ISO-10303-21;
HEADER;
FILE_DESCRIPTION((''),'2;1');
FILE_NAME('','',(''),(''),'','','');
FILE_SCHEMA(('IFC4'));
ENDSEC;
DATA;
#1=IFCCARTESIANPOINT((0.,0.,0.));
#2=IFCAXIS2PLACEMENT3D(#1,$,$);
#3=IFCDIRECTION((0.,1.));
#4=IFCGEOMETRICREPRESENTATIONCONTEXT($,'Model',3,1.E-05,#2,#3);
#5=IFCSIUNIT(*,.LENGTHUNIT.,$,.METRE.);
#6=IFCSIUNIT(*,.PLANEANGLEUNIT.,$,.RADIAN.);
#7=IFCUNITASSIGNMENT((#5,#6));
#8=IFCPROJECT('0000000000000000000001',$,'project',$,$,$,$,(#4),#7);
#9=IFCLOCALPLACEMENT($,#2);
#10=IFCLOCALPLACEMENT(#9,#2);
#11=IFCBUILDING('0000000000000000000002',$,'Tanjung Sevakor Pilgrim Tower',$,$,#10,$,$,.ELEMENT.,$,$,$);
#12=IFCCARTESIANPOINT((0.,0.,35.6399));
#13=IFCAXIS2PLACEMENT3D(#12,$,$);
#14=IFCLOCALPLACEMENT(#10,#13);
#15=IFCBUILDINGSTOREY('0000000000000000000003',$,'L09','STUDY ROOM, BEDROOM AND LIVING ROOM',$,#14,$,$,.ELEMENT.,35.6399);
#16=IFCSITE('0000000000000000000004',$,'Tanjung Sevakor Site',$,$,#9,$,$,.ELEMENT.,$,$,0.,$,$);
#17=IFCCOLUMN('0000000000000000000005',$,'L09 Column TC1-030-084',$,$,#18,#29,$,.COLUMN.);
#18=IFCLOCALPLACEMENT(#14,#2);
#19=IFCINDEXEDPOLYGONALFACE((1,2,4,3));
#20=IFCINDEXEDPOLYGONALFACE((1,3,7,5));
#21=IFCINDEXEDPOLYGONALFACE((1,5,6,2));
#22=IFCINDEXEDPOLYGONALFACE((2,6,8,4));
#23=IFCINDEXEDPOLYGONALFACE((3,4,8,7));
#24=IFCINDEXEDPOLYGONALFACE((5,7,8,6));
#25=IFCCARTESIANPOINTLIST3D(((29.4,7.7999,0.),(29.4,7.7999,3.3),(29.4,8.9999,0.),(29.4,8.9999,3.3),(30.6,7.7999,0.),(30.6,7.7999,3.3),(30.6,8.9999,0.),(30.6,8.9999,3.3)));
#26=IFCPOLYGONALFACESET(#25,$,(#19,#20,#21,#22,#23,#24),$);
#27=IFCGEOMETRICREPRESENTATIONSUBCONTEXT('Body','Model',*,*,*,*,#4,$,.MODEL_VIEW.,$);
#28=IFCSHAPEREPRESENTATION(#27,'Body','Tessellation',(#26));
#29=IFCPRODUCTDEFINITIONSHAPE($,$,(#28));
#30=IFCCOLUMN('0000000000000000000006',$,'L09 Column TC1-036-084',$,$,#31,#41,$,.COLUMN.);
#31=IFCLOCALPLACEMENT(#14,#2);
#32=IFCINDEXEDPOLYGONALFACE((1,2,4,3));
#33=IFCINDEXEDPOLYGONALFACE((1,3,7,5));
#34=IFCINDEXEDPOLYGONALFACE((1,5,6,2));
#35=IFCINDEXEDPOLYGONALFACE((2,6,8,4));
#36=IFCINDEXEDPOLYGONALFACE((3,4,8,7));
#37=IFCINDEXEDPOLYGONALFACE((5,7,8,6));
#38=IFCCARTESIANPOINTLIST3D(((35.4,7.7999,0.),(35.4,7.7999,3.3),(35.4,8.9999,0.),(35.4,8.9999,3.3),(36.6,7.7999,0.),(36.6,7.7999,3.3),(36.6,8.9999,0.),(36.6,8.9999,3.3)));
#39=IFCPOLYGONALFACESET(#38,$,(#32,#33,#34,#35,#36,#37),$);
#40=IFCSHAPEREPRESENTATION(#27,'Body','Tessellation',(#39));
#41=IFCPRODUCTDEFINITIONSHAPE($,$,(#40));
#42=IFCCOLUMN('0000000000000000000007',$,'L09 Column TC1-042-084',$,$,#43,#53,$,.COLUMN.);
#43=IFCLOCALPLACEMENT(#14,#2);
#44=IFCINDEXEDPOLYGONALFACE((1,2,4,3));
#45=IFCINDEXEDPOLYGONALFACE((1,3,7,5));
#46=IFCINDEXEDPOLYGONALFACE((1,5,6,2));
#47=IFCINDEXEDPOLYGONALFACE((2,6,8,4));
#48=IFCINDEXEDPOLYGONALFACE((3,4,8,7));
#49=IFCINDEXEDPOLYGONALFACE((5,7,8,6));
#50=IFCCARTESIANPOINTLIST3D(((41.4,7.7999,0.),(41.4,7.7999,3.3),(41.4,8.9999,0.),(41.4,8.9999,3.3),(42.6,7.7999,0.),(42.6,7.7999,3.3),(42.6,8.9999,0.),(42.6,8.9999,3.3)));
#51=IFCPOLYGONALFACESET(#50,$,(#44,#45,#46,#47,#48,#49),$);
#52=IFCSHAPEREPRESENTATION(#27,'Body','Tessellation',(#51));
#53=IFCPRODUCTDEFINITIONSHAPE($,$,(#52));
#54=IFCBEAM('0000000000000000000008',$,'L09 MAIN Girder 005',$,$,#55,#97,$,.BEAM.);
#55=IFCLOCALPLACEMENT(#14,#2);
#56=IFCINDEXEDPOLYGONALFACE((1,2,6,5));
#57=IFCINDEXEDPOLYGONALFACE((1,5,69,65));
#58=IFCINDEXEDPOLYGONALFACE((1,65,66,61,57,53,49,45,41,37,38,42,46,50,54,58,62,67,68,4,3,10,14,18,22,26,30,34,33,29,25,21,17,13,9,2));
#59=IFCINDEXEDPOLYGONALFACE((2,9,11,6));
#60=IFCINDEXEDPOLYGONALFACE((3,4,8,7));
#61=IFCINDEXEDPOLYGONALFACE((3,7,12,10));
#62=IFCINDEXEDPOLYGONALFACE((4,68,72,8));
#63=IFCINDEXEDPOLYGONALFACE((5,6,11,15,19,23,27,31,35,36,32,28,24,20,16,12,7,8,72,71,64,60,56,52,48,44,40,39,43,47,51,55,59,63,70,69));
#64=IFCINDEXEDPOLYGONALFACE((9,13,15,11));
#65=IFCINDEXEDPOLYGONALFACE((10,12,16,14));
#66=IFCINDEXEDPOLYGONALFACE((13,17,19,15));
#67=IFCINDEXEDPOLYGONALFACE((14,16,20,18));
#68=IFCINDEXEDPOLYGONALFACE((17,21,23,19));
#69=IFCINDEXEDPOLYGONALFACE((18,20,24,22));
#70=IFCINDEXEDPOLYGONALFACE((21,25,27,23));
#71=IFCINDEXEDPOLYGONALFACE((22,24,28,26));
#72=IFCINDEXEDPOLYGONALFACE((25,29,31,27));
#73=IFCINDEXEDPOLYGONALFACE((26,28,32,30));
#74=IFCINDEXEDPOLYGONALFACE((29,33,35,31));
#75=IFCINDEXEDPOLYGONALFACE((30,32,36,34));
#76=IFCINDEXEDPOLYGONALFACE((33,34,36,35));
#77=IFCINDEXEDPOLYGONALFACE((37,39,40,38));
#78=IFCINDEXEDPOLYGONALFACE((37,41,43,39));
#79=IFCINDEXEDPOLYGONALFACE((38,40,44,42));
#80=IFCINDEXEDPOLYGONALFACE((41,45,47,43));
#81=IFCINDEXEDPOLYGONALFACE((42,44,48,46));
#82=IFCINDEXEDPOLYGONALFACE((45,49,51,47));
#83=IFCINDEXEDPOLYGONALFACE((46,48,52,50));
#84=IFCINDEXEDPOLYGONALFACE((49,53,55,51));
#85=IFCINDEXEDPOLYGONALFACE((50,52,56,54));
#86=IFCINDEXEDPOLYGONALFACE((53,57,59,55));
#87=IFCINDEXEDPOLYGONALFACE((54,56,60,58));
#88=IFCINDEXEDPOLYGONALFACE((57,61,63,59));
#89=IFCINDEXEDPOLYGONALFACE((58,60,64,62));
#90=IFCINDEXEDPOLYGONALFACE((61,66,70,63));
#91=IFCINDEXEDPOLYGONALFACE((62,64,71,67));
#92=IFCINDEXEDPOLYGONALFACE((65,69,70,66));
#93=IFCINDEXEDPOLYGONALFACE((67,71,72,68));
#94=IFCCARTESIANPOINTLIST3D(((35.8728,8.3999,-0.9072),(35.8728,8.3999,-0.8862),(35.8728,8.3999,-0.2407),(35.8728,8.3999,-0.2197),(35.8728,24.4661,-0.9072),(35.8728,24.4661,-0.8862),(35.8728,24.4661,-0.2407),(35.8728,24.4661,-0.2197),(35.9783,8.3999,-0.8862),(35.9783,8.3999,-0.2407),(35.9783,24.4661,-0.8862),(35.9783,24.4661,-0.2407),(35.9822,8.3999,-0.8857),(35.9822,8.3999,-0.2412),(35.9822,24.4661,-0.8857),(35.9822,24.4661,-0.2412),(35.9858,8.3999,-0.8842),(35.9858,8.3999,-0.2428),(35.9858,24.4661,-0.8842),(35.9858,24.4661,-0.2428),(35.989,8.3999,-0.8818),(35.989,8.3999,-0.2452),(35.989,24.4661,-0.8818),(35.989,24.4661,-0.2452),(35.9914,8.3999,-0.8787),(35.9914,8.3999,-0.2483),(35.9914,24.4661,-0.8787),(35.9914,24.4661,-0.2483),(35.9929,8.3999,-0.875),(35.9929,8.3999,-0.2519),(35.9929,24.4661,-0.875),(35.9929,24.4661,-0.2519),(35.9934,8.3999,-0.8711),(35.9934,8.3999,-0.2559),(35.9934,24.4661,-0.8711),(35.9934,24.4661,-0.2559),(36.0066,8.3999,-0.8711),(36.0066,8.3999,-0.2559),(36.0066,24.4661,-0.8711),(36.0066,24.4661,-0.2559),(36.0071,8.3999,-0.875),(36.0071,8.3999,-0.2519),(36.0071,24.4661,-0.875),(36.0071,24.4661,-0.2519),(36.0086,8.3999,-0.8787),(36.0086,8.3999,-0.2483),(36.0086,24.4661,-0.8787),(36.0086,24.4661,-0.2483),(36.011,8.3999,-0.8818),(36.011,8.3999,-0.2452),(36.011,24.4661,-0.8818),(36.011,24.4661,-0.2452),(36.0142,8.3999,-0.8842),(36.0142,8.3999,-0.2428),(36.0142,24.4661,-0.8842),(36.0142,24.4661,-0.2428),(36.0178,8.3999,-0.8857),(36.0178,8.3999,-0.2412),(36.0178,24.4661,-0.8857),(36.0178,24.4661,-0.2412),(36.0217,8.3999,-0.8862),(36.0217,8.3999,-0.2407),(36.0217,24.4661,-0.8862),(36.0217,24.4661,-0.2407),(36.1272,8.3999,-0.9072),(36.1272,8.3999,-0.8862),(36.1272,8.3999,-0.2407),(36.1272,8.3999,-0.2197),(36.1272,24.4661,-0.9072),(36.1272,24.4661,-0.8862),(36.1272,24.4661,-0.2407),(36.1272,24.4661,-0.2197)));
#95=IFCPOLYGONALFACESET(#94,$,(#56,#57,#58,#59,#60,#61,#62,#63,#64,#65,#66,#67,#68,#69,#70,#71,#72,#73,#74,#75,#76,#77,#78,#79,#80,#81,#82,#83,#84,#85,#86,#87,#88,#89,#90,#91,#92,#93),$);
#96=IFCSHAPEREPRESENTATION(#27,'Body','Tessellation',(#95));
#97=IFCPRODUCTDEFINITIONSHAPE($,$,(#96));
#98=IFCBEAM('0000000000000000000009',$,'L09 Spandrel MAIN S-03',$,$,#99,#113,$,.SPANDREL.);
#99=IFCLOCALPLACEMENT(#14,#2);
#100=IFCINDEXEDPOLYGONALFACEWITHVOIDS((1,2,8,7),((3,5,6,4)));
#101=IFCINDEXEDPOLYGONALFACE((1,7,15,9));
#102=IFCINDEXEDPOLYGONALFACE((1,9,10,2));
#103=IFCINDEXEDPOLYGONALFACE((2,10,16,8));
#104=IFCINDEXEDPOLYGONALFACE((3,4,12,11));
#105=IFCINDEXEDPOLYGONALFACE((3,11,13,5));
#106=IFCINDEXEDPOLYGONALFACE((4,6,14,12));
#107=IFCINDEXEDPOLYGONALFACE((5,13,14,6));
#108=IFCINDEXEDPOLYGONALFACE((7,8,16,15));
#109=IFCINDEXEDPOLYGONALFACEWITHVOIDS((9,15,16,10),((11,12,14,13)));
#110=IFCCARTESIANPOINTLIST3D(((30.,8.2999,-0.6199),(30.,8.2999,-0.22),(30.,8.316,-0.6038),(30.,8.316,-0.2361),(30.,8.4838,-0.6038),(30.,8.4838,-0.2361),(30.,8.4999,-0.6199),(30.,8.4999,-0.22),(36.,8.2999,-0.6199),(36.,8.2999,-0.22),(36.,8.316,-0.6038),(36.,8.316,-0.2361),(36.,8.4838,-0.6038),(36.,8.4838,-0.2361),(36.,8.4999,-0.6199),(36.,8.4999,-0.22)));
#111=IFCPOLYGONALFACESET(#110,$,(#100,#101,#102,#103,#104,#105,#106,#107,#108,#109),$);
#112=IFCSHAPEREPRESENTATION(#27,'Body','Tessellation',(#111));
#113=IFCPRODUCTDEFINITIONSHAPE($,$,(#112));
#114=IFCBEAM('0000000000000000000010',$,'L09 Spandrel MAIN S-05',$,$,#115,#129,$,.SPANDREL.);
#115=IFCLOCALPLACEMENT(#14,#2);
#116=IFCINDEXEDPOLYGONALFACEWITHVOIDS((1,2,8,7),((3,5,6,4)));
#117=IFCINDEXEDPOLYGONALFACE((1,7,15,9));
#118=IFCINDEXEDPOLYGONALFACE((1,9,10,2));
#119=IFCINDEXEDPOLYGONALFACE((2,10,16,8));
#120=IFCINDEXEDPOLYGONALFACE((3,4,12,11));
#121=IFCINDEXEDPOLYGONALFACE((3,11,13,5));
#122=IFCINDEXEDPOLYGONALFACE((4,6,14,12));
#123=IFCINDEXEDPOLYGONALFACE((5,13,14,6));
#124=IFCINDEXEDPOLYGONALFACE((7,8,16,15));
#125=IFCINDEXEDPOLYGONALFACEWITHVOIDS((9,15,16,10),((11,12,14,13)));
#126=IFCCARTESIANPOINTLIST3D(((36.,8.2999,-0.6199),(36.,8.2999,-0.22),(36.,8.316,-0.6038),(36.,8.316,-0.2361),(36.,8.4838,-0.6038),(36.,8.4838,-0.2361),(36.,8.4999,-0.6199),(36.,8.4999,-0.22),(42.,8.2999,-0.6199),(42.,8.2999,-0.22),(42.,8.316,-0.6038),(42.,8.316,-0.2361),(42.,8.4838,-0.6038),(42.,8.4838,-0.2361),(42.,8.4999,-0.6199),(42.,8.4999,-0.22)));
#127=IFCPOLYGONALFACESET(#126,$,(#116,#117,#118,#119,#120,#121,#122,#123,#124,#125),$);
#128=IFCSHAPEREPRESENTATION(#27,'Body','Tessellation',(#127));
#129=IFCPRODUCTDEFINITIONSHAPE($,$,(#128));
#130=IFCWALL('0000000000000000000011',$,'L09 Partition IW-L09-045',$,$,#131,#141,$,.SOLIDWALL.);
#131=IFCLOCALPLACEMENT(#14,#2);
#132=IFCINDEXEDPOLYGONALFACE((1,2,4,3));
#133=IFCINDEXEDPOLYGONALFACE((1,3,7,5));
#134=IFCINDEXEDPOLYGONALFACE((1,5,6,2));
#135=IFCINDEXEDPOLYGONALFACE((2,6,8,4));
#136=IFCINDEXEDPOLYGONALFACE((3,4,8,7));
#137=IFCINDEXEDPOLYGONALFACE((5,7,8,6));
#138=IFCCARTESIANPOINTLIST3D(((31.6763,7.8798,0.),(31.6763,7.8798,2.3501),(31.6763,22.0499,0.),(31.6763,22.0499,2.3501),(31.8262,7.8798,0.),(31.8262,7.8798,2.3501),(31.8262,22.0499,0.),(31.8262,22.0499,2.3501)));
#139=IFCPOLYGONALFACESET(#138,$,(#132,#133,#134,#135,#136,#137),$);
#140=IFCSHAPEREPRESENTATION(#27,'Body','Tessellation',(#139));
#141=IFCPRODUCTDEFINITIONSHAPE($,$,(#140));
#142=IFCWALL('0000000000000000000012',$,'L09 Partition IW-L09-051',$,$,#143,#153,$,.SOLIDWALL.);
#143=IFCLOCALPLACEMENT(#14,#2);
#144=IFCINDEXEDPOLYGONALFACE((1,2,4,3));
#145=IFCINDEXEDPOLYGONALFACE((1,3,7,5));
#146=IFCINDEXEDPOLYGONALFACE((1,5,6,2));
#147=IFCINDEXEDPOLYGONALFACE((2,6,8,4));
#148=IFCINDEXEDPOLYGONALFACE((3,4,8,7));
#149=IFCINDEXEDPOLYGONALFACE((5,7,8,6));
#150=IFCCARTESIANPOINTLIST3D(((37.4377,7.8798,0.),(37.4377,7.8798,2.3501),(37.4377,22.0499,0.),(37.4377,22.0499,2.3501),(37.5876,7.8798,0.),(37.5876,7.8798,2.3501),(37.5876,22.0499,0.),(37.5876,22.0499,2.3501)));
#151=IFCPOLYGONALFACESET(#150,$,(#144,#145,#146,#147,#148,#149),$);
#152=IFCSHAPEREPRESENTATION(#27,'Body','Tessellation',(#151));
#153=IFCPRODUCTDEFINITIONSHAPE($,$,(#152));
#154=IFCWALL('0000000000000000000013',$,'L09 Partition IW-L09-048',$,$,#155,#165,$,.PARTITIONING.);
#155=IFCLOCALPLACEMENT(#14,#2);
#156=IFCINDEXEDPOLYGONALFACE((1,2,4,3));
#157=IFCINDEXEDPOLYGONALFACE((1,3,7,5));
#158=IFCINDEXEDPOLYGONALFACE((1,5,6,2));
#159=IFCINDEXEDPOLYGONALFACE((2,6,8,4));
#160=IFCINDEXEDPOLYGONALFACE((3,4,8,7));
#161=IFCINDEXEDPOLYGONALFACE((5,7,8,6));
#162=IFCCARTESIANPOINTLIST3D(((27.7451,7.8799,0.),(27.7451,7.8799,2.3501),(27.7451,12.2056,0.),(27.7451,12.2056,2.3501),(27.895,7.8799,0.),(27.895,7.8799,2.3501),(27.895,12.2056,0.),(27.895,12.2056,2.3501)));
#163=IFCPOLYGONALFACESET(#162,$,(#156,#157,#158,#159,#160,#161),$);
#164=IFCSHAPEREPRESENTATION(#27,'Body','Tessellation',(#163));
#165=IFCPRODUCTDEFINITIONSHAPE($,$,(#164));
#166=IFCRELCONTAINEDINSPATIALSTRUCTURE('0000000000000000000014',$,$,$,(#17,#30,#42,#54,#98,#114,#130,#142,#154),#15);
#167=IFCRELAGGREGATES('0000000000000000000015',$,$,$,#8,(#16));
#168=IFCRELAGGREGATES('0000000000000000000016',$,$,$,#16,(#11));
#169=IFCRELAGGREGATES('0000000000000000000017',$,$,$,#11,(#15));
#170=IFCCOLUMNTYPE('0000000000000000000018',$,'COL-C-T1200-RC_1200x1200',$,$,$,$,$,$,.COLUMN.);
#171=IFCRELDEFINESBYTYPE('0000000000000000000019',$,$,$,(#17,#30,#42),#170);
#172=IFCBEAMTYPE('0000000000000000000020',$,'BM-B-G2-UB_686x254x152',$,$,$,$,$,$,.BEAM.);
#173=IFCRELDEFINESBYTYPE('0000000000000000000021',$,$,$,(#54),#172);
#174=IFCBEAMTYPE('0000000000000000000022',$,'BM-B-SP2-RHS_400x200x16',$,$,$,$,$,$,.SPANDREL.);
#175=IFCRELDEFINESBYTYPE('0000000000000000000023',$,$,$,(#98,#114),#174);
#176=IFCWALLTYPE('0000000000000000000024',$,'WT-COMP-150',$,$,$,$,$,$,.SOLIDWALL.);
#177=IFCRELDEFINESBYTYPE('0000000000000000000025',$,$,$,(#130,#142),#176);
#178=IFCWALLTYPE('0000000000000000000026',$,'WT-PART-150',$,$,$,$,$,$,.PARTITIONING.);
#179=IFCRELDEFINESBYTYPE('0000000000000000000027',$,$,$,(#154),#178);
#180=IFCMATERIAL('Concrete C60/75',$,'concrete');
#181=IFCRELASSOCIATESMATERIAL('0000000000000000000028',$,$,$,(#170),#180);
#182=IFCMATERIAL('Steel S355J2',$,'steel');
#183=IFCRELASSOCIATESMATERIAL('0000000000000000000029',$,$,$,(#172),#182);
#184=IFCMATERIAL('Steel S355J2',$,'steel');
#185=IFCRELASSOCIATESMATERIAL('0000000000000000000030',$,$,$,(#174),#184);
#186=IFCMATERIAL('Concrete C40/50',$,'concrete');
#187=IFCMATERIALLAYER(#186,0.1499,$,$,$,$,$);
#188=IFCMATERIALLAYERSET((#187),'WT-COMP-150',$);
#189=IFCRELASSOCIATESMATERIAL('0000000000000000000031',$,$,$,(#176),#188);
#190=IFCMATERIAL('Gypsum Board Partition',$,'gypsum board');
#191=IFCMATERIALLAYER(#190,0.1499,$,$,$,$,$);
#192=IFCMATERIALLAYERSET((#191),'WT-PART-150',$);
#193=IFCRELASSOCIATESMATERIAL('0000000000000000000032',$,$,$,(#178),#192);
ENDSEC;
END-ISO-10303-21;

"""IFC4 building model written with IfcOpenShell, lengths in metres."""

from ifc_helpers import new_model, si_unit, direction, frame, frame_2d, origin, origin_2d, place, context, subcontext, project, spatial, rectangle, hollow_rectangle, i_section, extrude, material, layer, layer_set, material_profile, profile_set, type_object, element, save


model = new_model("IFC4")

# Units and contexts
model_context = context("Model", 3, precision=1e-05, world=origin(), true_north=direction((0.0, 1.0)))
body_context = subcontext(model_context, "Body", "Model", "MODEL_VIEW")
ifc_project = project(units=[si_unit("LENGTHUNIT", "METRE"), si_unit("PLANEANGLEUNIT", "RADIAN")], contexts=[model_context])

# Site, building, storey
site_placement = place(None, origin())
site = spatial("IfcSite", under=ifc_project, at=site_placement, Name="Tanjung Sevakor Site", CompositionType="ELEMENT", RefElevation=0.0)
building_placement = place(site_placement, origin())
building = spatial("IfcBuilding", under=site, at=building_placement, Name="Tanjung Sevakor Pilgrim Tower", CompositionType="ELEMENT")
storey_placement = place(building_placement, frame((0.0, 0.0, 35.6399)))
storey = spatial("IfcBuildingStorey", under=building, at=storey_placement, Name="L09", Description="STUDY ROOM, BEDROOM AND LIVING ROOM", CompositionType="ELEMENT", Elevation=35.6399)

# Columns
ifc_material_1 = material(Name="Concrete C60/75", Category="concrete")
ifc_material_profile_1 = material_profile(ifc_material_1, rectangle(XDim=1.2, YDim=1.2, at=origin_2d()))
ifc_profile_set_1 = profile_set([ifc_material_profile_1], Name="Concrete C60/75")
column_type = type_object("IfcColumnType", Name="COL-C-T1200-RC_1200x1200", PredefinedType="COLUMN", material=ifc_profile_set_1)
for number, where, z_axis, x_axis, name in (
    (1, (30.0, 8.3999, 0.0), (0.0, 0.0, 1.0), (1.0, 0.0, 0.0), "L09 Column TC1-030-084"),
    (2, (36.0, 8.3999, 0.0), (0.0, 0.0, 1.0), (1.0, 0.0, 0.0), "L09 Column TC1-036-084"),
    (3, (42.0, 8.3999, 0.0), (0.0, 0.0, 1.0), (1.0, 0.0, 0.0), "L09 Column TC1-042-084"),
):
    element("IfcColumn", number, at=place(storey_placement, frame(where, z_axis=z_axis, x_axis=x_axis)), inside=storey, type_object=column_type, Name=name, PredefinedType="COLUMN", context=body_context, shape_type="SweptSolid", body=[
        extrude(rectangle(XDim=1.2, YDim=1.2, at=origin_2d()), origin(), (0.0, 0.0, 1.0), 3.3),
    ])

# Beams
ifc_material_2 = material(Name="Steel S355J2", Category="steel")
ifc_material_profile_2 = material_profile(ifc_material_2, i_section(OverallWidth=0.2544, OverallDepth=0.6875, WebThickness=0.0132, FlangeThickness=0.021, FilletRadius=0.0151, at=origin_2d()))
ifc_profile_set_2 = profile_set([ifc_material_profile_2], Name="Steel S355J2")
beam_type_1 = type_object("IfcBeamType", Name="BM-B-G2-UB_686x254x152", PredefinedType="BEAM", material=ifc_profile_set_2)
beam_placement = place(storey_placement, frame((36.0, 8.3999, -0.5635), z_axis=(0.0, 1.0, 0.0), x_axis=(-1.0, 0.0, 0.0)))
element("IfcBeam", 4, at=beam_placement, inside=storey, type_object=beam_type_1, Name="L09 MAIN Girder 005", PredefinedType="BEAM", context=body_context, shape_type="SweptSolid", body=[
    extrude(i_section(OverallWidth=0.2544, OverallDepth=0.6875, WebThickness=0.0132, FlangeThickness=0.021, FilletRadius=0.0151, at=origin_2d()), origin(), (0.0, 0.0, 1.0), 16.0662),
])
ifc_material_3 = material(Name="Steel S355J2", Category="steel")
ifc_material_profile_3 = material_profile(ifc_material_3, hollow_rectangle(XDim=0.2, YDim=0.3999, WallThickness=0.0161, at=origin_2d()))
ifc_profile_set_3 = profile_set([ifc_material_profile_3], Name="Steel S355J2")
beam_type_2 = type_object("IfcBeamType", Name="BM-B-SP2-RHS_400x200x16", PredefinedType="SPANDREL", material=ifc_profile_set_3)
for number, where, z_axis, x_axis, name in (
    (5, (30.0, 8.3999, -0.4199), (1.0, 0.0, 0.0), (0.0, 1.0, 0.0), "L09 Spandrel MAIN S-03"),
    (6, (36.0, 8.3999, -0.4199), (1.0, 0.0, 0.0), (0.0, 1.0, 0.0), "L09 Spandrel MAIN S-05"),
):
    element("IfcBeam", number, at=place(storey_placement, frame(where, z_axis=z_axis, x_axis=x_axis)), inside=storey, type_object=beam_type_2, Name=name, PredefinedType="SPANDREL", context=body_context, shape_type="SweptSolid", body=[
        extrude(hollow_rectangle(XDim=0.2, YDim=0.3999, WallThickness=0.0161, at=origin_2d()), origin(), (0.0, 0.0, 1.0), 6.0),
    ])

# Walls
ifc_material_4 = material(Name="Concrete C40/50", Category="concrete")
ifc_layer_1 = layer(ifc_material_4, 0.1499)
ifc_layer_set_1 = layer_set([ifc_layer_1], Name="WT-COMP-150")
wall_type_1 = type_object("IfcWallType", Name="WT-COMP-150", PredefinedType="SOLIDWALL", material=ifc_layer_set_1)
for number, where, z_axis, x_axis, name in (
    (7, (31.7512, 7.8799, 0.0), (0.0, 0.0, 1.0), (0.0, 1.0, 0.0), "L09 Partition IW-L09-045"),
    (8, (37.5127, 7.8799, 0.0), (0.0, 0.0, 1.0), (0.0, 1.0, 0.0), "L09 Partition IW-L09-051"),
):
    element("IfcWall", number, at=place(storey_placement, frame(where, z_axis=z_axis, x_axis=x_axis)), inside=storey, type_object=wall_type_1, Name=name, PredefinedType="SOLIDWALL", context=body_context, shape_type="SweptSolid", body=[
        extrude(rectangle(XDim=14.1702, YDim=0.1499, at=frame_2d((7.085, 0.0))), origin(), (0.0, 0.0, 1.0), 2.3501),
    ])
ifc_material_5 = material(Name="Gypsum Board Partition", Category="gypsum board")
ifc_layer_2 = layer(ifc_material_5, 0.1499)
ifc_layer_set_2 = layer_set([ifc_layer_2], Name="WT-PART-150")
wall_type_2 = type_object("IfcWallType", Name="WT-PART-150", PredefinedType="PARTITIONING", material=ifc_layer_set_2)
wall_1_placement = place(storey_placement, frame((27.8201, 7.8799, 0.0), z_axis=(0.0, 0.0, 1.0), x_axis=(0.0, 1.0, 0.0)))
element("IfcWall", 9, at=wall_1_placement, inside=storey, type_object=wall_type_2, Name="L09 Partition IW-L09-048", PredefinedType="PARTITIONING", context=body_context, shape_type="SweptSolid", body=[
    extrude(rectangle(XDim=4.3257, YDim=0.1499, at=frame_2d((2.1628, 0.0))), origin(), (0.0, 0.0, 1.0), 2.3501),
])

save(model, "model.ifc")
